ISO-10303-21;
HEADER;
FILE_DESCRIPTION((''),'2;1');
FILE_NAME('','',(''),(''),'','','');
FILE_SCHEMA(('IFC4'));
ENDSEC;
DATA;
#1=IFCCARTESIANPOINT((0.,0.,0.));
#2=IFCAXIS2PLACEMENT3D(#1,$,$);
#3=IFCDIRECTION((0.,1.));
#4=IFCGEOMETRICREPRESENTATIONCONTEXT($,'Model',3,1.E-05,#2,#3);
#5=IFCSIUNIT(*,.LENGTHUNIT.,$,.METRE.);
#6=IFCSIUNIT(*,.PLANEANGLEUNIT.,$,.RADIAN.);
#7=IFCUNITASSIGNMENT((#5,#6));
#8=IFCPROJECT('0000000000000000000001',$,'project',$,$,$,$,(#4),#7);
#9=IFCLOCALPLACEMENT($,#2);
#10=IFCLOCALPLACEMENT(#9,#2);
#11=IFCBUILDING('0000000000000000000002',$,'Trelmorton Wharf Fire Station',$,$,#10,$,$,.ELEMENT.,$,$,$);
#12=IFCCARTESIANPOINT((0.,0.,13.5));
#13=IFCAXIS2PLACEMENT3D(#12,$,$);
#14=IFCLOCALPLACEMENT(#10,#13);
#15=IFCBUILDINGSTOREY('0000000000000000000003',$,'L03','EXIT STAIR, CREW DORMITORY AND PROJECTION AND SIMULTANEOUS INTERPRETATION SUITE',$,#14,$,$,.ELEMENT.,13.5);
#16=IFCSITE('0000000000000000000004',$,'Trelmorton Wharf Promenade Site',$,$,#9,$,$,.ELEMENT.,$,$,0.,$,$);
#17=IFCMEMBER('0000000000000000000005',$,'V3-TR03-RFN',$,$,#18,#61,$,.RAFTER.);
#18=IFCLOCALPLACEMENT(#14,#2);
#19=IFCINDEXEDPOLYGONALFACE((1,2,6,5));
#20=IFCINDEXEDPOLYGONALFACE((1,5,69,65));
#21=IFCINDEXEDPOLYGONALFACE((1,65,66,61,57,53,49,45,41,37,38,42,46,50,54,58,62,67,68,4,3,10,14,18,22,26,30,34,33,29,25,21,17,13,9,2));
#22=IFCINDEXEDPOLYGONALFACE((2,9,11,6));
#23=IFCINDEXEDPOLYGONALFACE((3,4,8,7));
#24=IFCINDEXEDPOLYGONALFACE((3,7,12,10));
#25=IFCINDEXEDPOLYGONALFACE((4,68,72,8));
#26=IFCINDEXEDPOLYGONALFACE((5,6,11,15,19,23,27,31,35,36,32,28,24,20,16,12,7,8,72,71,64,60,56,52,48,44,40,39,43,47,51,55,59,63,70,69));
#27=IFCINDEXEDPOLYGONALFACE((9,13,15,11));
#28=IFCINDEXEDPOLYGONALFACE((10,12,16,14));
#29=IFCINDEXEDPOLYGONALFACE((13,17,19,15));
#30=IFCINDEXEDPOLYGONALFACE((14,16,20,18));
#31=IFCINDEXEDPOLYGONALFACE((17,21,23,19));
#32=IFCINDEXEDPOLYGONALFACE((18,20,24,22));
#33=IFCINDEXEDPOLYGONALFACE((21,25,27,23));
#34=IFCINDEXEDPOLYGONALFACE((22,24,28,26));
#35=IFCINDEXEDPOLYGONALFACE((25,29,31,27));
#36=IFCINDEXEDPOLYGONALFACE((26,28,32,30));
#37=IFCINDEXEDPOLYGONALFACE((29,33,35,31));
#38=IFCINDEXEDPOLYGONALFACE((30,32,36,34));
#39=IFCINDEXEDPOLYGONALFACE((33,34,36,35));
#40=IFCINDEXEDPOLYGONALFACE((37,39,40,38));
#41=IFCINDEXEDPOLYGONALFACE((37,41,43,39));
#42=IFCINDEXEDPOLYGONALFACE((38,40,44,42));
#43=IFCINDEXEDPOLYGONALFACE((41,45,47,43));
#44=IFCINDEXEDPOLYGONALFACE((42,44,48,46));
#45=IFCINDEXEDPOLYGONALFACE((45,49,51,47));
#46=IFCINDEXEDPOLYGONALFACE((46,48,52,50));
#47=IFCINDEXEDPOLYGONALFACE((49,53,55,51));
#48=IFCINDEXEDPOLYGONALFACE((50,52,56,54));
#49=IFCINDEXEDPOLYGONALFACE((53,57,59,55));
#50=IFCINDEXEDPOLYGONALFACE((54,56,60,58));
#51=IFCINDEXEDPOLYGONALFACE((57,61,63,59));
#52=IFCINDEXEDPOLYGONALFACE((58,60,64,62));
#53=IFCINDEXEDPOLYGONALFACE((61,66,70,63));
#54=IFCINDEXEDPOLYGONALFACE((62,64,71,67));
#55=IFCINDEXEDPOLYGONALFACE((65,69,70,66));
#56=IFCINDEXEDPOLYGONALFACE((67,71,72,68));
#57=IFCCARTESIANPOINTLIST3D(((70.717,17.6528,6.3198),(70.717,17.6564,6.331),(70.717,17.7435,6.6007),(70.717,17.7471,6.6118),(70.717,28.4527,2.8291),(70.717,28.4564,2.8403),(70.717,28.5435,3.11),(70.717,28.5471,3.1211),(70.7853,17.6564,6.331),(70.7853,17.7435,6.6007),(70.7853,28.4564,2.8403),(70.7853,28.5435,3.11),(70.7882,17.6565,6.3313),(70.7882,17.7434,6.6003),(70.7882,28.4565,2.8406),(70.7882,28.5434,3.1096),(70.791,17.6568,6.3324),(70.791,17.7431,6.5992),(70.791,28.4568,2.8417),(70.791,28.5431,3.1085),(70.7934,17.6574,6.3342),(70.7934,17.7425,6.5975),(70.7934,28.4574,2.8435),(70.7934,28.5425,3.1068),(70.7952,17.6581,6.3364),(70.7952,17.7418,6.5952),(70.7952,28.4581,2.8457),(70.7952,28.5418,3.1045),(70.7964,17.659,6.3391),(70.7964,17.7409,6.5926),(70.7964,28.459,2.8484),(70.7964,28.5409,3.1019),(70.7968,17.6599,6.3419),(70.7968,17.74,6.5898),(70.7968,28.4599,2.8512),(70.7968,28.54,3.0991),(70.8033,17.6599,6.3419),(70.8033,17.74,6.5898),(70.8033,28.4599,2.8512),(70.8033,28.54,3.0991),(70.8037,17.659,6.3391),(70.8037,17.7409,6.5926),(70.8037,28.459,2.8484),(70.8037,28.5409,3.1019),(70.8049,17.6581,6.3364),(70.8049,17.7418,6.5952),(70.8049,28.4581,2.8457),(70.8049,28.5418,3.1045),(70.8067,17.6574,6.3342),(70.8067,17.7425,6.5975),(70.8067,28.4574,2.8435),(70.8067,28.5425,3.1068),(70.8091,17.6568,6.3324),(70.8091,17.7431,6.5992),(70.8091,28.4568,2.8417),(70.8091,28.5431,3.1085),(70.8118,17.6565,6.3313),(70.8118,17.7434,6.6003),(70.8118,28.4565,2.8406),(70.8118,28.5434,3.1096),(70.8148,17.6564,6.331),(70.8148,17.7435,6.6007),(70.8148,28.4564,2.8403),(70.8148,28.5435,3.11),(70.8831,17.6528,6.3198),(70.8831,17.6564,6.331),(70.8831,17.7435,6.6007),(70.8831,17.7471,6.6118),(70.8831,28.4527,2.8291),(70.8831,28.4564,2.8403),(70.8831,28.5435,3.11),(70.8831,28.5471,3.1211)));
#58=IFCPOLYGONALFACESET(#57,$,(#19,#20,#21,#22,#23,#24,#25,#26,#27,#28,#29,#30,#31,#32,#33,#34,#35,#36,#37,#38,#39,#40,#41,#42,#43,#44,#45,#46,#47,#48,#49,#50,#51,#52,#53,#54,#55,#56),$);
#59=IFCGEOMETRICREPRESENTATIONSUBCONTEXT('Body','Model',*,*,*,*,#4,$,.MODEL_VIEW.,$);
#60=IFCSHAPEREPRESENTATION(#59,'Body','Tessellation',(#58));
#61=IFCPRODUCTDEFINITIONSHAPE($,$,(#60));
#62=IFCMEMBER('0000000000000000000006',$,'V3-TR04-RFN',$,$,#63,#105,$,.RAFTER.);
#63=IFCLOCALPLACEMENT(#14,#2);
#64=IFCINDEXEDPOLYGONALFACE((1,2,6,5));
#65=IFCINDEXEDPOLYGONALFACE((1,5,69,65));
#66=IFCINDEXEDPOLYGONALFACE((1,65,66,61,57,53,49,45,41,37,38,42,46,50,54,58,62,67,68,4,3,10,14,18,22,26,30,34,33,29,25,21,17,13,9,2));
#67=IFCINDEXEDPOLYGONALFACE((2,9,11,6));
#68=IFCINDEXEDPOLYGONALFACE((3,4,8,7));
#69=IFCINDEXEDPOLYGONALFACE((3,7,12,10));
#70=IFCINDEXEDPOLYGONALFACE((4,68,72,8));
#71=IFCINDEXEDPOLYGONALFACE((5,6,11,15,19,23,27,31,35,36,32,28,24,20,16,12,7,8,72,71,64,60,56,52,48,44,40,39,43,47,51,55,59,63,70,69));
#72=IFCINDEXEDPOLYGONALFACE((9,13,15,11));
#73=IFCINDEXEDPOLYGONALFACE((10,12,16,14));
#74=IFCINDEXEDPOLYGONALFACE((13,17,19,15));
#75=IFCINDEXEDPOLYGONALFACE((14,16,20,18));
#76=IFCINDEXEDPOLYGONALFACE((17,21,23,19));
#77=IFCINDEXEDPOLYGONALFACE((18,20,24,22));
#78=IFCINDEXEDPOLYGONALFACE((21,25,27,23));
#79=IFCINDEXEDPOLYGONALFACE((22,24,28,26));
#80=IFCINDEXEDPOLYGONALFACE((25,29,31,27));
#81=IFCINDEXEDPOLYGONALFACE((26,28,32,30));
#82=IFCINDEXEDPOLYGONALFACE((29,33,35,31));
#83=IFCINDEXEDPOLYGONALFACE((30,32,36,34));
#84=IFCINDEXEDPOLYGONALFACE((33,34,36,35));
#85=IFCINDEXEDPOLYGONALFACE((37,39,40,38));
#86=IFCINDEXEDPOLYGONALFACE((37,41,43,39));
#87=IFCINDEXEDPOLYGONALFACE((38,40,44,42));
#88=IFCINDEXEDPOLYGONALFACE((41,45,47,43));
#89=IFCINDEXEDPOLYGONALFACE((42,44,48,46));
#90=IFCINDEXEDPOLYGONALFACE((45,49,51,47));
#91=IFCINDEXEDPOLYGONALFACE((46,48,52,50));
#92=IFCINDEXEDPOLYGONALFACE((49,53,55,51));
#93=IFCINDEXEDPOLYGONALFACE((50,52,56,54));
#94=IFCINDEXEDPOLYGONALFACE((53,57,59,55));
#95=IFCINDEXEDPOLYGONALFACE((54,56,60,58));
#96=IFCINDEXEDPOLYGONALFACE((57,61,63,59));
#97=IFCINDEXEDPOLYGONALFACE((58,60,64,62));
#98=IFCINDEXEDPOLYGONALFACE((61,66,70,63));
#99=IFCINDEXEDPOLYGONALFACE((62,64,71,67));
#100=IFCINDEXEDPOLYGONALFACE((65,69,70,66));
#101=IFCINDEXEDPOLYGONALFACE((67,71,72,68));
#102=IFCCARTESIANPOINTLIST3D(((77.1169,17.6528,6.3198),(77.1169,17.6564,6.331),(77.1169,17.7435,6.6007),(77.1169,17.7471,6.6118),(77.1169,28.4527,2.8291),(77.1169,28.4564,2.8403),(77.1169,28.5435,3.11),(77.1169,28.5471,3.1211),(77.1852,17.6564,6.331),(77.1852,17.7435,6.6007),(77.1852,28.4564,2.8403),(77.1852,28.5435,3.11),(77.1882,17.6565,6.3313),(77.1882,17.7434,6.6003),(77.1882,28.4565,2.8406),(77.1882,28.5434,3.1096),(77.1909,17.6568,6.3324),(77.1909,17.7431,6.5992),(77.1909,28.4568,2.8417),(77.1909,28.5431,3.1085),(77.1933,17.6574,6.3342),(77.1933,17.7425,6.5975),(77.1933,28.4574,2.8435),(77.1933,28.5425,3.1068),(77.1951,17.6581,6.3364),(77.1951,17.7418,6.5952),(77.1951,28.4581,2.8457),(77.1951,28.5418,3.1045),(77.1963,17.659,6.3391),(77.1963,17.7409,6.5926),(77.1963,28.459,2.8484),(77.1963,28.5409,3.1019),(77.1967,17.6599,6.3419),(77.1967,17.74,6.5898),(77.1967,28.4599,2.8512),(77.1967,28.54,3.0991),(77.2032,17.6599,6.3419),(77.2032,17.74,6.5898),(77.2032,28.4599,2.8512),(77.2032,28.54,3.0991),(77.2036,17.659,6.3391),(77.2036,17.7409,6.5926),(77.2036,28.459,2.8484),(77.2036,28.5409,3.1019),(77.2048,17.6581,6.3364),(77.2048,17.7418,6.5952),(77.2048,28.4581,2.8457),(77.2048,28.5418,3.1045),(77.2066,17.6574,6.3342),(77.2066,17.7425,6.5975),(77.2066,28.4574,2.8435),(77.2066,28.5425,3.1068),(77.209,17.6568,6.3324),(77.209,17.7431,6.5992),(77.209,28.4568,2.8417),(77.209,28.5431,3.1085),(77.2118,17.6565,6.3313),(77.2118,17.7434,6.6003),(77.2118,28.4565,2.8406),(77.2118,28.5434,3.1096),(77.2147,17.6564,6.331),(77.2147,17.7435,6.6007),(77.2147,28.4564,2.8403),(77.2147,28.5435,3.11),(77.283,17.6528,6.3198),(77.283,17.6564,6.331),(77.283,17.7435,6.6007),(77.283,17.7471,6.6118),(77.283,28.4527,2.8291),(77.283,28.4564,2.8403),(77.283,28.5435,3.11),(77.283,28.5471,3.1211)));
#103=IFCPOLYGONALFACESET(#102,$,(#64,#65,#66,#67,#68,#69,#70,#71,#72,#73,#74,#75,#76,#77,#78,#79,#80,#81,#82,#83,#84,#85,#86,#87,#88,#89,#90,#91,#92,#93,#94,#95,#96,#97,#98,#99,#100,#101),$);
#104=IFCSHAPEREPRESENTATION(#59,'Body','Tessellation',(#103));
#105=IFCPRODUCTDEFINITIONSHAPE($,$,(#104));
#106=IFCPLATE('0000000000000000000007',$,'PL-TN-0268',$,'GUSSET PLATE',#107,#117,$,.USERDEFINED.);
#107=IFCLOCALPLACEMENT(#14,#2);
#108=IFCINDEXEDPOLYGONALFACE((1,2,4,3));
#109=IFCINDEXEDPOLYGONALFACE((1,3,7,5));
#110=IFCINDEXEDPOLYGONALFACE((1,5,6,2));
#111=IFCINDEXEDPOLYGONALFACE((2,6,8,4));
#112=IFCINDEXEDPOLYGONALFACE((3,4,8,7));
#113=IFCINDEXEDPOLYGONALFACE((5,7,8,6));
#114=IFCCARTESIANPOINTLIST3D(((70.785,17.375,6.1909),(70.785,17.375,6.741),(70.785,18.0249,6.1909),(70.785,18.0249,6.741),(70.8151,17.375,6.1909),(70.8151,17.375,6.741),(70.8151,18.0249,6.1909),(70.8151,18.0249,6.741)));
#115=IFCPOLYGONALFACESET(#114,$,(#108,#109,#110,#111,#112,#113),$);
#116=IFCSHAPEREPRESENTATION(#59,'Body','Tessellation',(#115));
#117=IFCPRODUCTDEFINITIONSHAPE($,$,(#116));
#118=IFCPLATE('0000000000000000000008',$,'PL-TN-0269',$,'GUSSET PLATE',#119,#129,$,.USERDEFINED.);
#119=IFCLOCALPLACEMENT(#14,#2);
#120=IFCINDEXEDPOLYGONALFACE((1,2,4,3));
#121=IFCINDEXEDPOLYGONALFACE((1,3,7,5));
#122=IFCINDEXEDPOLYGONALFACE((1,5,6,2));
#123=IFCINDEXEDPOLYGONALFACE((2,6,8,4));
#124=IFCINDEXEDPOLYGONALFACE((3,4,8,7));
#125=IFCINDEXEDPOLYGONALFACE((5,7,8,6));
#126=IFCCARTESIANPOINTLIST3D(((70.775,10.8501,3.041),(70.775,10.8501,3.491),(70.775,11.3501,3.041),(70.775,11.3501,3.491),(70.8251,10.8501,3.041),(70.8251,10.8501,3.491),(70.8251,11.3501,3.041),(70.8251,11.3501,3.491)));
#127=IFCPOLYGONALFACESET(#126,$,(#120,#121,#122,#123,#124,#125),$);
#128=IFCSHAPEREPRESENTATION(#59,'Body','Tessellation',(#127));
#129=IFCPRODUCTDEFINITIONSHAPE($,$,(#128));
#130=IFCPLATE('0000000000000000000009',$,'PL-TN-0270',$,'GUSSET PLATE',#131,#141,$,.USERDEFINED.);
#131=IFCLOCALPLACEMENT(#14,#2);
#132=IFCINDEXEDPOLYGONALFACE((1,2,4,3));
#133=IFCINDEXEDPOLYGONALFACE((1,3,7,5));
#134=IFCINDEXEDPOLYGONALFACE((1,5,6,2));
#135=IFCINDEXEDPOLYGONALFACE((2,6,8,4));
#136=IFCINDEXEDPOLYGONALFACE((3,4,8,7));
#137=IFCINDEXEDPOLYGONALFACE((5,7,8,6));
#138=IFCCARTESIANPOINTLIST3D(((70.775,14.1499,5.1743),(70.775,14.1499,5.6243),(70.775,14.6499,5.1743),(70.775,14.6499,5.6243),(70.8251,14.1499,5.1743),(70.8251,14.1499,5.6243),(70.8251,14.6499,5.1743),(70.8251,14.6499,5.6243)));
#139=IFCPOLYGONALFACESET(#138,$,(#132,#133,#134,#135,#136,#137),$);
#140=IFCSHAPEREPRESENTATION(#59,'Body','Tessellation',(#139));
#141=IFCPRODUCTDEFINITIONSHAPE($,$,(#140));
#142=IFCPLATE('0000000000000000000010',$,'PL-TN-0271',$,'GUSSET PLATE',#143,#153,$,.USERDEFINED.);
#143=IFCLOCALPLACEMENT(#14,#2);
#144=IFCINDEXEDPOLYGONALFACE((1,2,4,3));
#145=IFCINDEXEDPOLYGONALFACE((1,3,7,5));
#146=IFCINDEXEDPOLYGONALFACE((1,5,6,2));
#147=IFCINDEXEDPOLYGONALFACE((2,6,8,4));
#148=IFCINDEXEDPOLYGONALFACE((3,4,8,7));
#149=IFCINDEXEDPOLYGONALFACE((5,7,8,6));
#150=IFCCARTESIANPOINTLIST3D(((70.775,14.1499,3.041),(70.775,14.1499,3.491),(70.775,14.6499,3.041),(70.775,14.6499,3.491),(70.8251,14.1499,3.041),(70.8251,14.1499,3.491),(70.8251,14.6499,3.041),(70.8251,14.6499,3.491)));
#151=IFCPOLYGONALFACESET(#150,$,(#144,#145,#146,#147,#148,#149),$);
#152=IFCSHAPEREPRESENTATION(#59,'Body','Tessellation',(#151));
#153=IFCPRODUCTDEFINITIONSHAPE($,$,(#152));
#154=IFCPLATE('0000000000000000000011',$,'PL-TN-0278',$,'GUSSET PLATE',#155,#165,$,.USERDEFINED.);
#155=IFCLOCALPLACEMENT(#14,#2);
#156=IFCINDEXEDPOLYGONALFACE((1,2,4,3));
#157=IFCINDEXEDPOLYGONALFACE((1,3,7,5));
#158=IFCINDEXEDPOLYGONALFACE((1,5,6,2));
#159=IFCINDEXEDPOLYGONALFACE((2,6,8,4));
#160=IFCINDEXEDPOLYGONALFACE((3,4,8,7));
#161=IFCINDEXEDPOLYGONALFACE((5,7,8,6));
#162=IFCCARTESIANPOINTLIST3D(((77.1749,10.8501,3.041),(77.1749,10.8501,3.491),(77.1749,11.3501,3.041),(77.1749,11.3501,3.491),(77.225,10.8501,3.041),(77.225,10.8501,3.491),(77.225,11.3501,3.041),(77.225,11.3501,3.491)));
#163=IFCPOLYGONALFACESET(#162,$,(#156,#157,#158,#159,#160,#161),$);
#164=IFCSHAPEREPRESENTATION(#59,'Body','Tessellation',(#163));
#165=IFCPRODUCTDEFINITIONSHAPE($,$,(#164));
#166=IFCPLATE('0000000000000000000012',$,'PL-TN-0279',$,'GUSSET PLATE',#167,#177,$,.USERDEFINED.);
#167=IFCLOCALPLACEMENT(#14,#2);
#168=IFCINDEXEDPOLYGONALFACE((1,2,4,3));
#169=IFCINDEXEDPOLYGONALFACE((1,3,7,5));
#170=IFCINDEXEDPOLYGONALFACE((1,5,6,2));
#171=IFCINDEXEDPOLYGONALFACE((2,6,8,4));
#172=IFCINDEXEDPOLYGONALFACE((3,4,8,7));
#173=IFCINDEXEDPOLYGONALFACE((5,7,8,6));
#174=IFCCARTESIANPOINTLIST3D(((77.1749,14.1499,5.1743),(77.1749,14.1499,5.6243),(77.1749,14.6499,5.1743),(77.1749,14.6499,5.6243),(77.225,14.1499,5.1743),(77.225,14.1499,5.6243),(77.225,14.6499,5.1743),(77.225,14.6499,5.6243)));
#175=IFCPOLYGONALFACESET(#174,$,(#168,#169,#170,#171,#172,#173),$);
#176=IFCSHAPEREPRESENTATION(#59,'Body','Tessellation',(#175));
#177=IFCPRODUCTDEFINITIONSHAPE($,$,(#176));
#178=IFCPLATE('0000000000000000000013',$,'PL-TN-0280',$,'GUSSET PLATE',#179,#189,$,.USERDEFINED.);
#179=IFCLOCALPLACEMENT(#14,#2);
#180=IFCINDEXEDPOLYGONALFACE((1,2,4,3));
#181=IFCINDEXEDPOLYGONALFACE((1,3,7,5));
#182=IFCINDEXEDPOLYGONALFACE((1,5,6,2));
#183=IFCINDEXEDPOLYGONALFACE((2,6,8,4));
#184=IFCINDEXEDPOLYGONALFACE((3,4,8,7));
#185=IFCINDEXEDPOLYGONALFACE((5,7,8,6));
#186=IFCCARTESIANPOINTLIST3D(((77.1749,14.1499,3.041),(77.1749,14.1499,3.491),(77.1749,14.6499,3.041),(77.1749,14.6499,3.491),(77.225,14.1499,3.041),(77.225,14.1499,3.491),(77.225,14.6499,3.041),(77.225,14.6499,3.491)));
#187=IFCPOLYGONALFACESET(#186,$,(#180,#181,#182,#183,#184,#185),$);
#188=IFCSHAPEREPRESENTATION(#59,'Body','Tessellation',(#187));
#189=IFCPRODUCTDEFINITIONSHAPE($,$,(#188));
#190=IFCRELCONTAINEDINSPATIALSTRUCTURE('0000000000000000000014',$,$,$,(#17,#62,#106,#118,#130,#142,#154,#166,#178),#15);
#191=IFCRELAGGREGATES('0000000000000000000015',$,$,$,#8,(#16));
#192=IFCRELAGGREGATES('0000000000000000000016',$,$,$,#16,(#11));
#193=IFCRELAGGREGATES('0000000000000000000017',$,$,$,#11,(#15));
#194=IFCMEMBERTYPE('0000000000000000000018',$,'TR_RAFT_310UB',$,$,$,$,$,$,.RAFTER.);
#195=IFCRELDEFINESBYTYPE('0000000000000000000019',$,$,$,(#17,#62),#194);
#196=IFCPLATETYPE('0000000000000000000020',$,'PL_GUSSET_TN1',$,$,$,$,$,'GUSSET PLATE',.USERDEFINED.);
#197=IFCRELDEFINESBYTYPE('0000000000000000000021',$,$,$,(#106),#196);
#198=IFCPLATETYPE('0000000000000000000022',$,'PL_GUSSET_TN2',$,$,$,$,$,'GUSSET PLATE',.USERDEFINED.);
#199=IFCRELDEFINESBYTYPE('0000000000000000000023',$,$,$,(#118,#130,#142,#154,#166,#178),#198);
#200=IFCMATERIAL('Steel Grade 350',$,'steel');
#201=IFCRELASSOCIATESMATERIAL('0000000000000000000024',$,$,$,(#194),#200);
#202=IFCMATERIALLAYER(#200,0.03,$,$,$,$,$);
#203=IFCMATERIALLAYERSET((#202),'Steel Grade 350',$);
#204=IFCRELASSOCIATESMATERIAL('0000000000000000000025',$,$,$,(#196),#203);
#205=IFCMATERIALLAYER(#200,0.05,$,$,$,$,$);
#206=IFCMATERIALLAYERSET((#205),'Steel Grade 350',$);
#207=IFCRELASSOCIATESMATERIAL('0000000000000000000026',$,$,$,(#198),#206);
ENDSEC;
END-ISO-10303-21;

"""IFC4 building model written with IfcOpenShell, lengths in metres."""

from ifc_helpers import new_model, si_unit, direction, frame, origin, origin_2d, place, context, subcontext, project, spatial, rectangle, i_section, extrude, material, layer, layer_set, material_profile, profile_set, type_object, element, save


model = new_model("IFC4")

# Units and contexts
model_context = context("Model", 3, precision=1e-05, world=origin(), true_north=direction((0.0, 1.0)))
body_context = subcontext(model_context, "Body", "Model", "MODEL_VIEW")
ifc_project = project(units=[si_unit("LENGTHUNIT", "METRE"), si_unit("PLANEANGLEUNIT", "RADIAN")], contexts=[model_context])

# Site, building, storey
site_placement = place(None, origin())
site = spatial("IfcSite", under=ifc_project, at=site_placement, Name="Trelmorton Wharf Promenade Site", CompositionType="ELEMENT", RefElevation=0.0)
building_placement = place(site_placement, origin())
building = spatial("IfcBuilding", under=site, at=building_placement, Name="Trelmorton Wharf Fire Station", CompositionType="ELEMENT")
storey_placement = place(building_placement, frame((0.0, 0.0, 13.5)))
storey = spatial("IfcBuildingStorey", under=building, at=storey_placement, Name="L03", Description="EXIT STAIR, CREW DORMITORY AND PROJECTION AND SIMULTANEOUS INTERPRETATION SUITE", CompositionType="ELEMENT", Elevation=13.5)

# Members
ifc_material_1 = material(Name="Steel Grade 350", Category="steel")
ifc_material_profile_1 = material_profile(ifc_material_1, i_section(OverallWidth=0.166, OverallDepth=0.3069, WebThickness=0.0066, FlangeThickness=0.0117, FilletRadius=0.0115, at=origin_2d()), Name="310UB46.2")
ifc_profile_set_1 = profile_set([ifc_material_profile_1], Name="Steel Grade 350")
member_type_1 = type_object("IfcMemberType", Name="TR_RAFT_310UB", PredefinedType="RAFTER", material=ifc_profile_set_1)
for number, where, z_axis, x_axis, name in (
    (1, (70.8, 17.7, 6.4658), (0.0, 0.951532, -0.307548), (-1.0, 0.0, 0.0), "V3-TR03-RFN"),
    (2, (77.2, 17.7, 6.4658), (0.0, 0.951532, -0.307548), (-1.0, 0.0, 0.0), "V3-TR04-RFN"),
):
    element("IfcMember", number, at=place(storey_placement, frame(where, z_axis=z_axis, x_axis=x_axis)), inside=storey, type_object=member_type_1, Name=name, PredefinedType="RAFTER", context=body_context, shape_type="SweptSolid", body=[
        extrude(i_section(OverallWidth=0.166, OverallDepth=0.3069, WebThickness=0.0066, FlangeThickness=0.0117, FilletRadius=0.0115, at=origin_2d()), origin(), (0.0, 0.0, 1.0), 11.3501),
    ])

# Plates
ifc_layer_1 = layer(ifc_material_1, 0.03)
ifc_layer_set_1 = layer_set([ifc_layer_1], Name="Steel Grade 350")
plate_type_1 = type_object("IfcPlateType", Name="PL_GUSSET_TN1", ElementType="GUSSET PLATE", PredefinedType="USERDEFINED", material=ifc_layer_set_1)
plate_placement = place(storey_placement, frame((70.8, 17.7, 6.1909), z_axis=(0.0, 0.0, 1.0), x_axis=(1.0, 0.0, 0.0)))
element("IfcPlate", 3, at=plate_placement, inside=storey, type_object=plate_type_1, Name="PL-TN-0268", ObjectType="GUSSET PLATE", PredefinedType="USERDEFINED", context=body_context, shape_type="SweptSolid", body=[
    extrude(rectangle(XDim=0.03, YDim=0.6499, at=origin_2d()), origin(), (0.0, 0.0, 1.0), 0.55),
])
ifc_layer_2 = layer(ifc_material_1, 0.05)
ifc_layer_set_2 = layer_set([ifc_layer_2], Name="Steel Grade 350")
plate_type_2 = type_object("IfcPlateType", Name="PL_GUSSET_TN2", ElementType="GUSSET PLATE", PredefinedType="USERDEFINED", material=ifc_layer_set_2)
for number, where, z_axis, x_axis, name in (
    (4, (70.8, 11.1001, 3.041), (0.0, 0.0, 1.0), (1.0, 0.0, 0.0), "PL-TN-0269"),
    (5, (70.8, 14.3999, 5.1743), (0.0, 0.0, 1.0), (1.0, 0.0, 0.0), "PL-TN-0270"),
    (6, (70.8, 14.3999, 3.041), (0.0, 0.0, 1.0), (1.0, 0.0, 0.0), "PL-TN-0271"),
    (7, (77.2, 11.1001, 3.041), (0.0, 0.0, 1.0), (1.0, 0.0, 0.0), "PL-TN-0278"),
    (8, (77.2, 14.3999, 5.1743), (0.0, 0.0, 1.0), (1.0, 0.0, 0.0), "PL-TN-0279"),
    (9, (77.2, 14.3999, 3.041), (0.0, 0.0, 1.0), (1.0, 0.0, 0.0), "PL-TN-0280"),
):
    element("IfcPlate", number, at=place(storey_placement, frame(where, z_axis=z_axis, x_axis=x_axis)), inside=storey, type_object=plate_type_2, Name=name, ObjectType="GUSSET PLATE", PredefinedType="USERDEFINED", context=body_context, shape_type="SweptSolid", body=[
        extrude(rectangle(XDim=0.05, YDim=0.5, at=origin_2d()), origin(), (0.0, 0.0, 1.0), 0.45),
    ])

save(model, "model.ifc")
